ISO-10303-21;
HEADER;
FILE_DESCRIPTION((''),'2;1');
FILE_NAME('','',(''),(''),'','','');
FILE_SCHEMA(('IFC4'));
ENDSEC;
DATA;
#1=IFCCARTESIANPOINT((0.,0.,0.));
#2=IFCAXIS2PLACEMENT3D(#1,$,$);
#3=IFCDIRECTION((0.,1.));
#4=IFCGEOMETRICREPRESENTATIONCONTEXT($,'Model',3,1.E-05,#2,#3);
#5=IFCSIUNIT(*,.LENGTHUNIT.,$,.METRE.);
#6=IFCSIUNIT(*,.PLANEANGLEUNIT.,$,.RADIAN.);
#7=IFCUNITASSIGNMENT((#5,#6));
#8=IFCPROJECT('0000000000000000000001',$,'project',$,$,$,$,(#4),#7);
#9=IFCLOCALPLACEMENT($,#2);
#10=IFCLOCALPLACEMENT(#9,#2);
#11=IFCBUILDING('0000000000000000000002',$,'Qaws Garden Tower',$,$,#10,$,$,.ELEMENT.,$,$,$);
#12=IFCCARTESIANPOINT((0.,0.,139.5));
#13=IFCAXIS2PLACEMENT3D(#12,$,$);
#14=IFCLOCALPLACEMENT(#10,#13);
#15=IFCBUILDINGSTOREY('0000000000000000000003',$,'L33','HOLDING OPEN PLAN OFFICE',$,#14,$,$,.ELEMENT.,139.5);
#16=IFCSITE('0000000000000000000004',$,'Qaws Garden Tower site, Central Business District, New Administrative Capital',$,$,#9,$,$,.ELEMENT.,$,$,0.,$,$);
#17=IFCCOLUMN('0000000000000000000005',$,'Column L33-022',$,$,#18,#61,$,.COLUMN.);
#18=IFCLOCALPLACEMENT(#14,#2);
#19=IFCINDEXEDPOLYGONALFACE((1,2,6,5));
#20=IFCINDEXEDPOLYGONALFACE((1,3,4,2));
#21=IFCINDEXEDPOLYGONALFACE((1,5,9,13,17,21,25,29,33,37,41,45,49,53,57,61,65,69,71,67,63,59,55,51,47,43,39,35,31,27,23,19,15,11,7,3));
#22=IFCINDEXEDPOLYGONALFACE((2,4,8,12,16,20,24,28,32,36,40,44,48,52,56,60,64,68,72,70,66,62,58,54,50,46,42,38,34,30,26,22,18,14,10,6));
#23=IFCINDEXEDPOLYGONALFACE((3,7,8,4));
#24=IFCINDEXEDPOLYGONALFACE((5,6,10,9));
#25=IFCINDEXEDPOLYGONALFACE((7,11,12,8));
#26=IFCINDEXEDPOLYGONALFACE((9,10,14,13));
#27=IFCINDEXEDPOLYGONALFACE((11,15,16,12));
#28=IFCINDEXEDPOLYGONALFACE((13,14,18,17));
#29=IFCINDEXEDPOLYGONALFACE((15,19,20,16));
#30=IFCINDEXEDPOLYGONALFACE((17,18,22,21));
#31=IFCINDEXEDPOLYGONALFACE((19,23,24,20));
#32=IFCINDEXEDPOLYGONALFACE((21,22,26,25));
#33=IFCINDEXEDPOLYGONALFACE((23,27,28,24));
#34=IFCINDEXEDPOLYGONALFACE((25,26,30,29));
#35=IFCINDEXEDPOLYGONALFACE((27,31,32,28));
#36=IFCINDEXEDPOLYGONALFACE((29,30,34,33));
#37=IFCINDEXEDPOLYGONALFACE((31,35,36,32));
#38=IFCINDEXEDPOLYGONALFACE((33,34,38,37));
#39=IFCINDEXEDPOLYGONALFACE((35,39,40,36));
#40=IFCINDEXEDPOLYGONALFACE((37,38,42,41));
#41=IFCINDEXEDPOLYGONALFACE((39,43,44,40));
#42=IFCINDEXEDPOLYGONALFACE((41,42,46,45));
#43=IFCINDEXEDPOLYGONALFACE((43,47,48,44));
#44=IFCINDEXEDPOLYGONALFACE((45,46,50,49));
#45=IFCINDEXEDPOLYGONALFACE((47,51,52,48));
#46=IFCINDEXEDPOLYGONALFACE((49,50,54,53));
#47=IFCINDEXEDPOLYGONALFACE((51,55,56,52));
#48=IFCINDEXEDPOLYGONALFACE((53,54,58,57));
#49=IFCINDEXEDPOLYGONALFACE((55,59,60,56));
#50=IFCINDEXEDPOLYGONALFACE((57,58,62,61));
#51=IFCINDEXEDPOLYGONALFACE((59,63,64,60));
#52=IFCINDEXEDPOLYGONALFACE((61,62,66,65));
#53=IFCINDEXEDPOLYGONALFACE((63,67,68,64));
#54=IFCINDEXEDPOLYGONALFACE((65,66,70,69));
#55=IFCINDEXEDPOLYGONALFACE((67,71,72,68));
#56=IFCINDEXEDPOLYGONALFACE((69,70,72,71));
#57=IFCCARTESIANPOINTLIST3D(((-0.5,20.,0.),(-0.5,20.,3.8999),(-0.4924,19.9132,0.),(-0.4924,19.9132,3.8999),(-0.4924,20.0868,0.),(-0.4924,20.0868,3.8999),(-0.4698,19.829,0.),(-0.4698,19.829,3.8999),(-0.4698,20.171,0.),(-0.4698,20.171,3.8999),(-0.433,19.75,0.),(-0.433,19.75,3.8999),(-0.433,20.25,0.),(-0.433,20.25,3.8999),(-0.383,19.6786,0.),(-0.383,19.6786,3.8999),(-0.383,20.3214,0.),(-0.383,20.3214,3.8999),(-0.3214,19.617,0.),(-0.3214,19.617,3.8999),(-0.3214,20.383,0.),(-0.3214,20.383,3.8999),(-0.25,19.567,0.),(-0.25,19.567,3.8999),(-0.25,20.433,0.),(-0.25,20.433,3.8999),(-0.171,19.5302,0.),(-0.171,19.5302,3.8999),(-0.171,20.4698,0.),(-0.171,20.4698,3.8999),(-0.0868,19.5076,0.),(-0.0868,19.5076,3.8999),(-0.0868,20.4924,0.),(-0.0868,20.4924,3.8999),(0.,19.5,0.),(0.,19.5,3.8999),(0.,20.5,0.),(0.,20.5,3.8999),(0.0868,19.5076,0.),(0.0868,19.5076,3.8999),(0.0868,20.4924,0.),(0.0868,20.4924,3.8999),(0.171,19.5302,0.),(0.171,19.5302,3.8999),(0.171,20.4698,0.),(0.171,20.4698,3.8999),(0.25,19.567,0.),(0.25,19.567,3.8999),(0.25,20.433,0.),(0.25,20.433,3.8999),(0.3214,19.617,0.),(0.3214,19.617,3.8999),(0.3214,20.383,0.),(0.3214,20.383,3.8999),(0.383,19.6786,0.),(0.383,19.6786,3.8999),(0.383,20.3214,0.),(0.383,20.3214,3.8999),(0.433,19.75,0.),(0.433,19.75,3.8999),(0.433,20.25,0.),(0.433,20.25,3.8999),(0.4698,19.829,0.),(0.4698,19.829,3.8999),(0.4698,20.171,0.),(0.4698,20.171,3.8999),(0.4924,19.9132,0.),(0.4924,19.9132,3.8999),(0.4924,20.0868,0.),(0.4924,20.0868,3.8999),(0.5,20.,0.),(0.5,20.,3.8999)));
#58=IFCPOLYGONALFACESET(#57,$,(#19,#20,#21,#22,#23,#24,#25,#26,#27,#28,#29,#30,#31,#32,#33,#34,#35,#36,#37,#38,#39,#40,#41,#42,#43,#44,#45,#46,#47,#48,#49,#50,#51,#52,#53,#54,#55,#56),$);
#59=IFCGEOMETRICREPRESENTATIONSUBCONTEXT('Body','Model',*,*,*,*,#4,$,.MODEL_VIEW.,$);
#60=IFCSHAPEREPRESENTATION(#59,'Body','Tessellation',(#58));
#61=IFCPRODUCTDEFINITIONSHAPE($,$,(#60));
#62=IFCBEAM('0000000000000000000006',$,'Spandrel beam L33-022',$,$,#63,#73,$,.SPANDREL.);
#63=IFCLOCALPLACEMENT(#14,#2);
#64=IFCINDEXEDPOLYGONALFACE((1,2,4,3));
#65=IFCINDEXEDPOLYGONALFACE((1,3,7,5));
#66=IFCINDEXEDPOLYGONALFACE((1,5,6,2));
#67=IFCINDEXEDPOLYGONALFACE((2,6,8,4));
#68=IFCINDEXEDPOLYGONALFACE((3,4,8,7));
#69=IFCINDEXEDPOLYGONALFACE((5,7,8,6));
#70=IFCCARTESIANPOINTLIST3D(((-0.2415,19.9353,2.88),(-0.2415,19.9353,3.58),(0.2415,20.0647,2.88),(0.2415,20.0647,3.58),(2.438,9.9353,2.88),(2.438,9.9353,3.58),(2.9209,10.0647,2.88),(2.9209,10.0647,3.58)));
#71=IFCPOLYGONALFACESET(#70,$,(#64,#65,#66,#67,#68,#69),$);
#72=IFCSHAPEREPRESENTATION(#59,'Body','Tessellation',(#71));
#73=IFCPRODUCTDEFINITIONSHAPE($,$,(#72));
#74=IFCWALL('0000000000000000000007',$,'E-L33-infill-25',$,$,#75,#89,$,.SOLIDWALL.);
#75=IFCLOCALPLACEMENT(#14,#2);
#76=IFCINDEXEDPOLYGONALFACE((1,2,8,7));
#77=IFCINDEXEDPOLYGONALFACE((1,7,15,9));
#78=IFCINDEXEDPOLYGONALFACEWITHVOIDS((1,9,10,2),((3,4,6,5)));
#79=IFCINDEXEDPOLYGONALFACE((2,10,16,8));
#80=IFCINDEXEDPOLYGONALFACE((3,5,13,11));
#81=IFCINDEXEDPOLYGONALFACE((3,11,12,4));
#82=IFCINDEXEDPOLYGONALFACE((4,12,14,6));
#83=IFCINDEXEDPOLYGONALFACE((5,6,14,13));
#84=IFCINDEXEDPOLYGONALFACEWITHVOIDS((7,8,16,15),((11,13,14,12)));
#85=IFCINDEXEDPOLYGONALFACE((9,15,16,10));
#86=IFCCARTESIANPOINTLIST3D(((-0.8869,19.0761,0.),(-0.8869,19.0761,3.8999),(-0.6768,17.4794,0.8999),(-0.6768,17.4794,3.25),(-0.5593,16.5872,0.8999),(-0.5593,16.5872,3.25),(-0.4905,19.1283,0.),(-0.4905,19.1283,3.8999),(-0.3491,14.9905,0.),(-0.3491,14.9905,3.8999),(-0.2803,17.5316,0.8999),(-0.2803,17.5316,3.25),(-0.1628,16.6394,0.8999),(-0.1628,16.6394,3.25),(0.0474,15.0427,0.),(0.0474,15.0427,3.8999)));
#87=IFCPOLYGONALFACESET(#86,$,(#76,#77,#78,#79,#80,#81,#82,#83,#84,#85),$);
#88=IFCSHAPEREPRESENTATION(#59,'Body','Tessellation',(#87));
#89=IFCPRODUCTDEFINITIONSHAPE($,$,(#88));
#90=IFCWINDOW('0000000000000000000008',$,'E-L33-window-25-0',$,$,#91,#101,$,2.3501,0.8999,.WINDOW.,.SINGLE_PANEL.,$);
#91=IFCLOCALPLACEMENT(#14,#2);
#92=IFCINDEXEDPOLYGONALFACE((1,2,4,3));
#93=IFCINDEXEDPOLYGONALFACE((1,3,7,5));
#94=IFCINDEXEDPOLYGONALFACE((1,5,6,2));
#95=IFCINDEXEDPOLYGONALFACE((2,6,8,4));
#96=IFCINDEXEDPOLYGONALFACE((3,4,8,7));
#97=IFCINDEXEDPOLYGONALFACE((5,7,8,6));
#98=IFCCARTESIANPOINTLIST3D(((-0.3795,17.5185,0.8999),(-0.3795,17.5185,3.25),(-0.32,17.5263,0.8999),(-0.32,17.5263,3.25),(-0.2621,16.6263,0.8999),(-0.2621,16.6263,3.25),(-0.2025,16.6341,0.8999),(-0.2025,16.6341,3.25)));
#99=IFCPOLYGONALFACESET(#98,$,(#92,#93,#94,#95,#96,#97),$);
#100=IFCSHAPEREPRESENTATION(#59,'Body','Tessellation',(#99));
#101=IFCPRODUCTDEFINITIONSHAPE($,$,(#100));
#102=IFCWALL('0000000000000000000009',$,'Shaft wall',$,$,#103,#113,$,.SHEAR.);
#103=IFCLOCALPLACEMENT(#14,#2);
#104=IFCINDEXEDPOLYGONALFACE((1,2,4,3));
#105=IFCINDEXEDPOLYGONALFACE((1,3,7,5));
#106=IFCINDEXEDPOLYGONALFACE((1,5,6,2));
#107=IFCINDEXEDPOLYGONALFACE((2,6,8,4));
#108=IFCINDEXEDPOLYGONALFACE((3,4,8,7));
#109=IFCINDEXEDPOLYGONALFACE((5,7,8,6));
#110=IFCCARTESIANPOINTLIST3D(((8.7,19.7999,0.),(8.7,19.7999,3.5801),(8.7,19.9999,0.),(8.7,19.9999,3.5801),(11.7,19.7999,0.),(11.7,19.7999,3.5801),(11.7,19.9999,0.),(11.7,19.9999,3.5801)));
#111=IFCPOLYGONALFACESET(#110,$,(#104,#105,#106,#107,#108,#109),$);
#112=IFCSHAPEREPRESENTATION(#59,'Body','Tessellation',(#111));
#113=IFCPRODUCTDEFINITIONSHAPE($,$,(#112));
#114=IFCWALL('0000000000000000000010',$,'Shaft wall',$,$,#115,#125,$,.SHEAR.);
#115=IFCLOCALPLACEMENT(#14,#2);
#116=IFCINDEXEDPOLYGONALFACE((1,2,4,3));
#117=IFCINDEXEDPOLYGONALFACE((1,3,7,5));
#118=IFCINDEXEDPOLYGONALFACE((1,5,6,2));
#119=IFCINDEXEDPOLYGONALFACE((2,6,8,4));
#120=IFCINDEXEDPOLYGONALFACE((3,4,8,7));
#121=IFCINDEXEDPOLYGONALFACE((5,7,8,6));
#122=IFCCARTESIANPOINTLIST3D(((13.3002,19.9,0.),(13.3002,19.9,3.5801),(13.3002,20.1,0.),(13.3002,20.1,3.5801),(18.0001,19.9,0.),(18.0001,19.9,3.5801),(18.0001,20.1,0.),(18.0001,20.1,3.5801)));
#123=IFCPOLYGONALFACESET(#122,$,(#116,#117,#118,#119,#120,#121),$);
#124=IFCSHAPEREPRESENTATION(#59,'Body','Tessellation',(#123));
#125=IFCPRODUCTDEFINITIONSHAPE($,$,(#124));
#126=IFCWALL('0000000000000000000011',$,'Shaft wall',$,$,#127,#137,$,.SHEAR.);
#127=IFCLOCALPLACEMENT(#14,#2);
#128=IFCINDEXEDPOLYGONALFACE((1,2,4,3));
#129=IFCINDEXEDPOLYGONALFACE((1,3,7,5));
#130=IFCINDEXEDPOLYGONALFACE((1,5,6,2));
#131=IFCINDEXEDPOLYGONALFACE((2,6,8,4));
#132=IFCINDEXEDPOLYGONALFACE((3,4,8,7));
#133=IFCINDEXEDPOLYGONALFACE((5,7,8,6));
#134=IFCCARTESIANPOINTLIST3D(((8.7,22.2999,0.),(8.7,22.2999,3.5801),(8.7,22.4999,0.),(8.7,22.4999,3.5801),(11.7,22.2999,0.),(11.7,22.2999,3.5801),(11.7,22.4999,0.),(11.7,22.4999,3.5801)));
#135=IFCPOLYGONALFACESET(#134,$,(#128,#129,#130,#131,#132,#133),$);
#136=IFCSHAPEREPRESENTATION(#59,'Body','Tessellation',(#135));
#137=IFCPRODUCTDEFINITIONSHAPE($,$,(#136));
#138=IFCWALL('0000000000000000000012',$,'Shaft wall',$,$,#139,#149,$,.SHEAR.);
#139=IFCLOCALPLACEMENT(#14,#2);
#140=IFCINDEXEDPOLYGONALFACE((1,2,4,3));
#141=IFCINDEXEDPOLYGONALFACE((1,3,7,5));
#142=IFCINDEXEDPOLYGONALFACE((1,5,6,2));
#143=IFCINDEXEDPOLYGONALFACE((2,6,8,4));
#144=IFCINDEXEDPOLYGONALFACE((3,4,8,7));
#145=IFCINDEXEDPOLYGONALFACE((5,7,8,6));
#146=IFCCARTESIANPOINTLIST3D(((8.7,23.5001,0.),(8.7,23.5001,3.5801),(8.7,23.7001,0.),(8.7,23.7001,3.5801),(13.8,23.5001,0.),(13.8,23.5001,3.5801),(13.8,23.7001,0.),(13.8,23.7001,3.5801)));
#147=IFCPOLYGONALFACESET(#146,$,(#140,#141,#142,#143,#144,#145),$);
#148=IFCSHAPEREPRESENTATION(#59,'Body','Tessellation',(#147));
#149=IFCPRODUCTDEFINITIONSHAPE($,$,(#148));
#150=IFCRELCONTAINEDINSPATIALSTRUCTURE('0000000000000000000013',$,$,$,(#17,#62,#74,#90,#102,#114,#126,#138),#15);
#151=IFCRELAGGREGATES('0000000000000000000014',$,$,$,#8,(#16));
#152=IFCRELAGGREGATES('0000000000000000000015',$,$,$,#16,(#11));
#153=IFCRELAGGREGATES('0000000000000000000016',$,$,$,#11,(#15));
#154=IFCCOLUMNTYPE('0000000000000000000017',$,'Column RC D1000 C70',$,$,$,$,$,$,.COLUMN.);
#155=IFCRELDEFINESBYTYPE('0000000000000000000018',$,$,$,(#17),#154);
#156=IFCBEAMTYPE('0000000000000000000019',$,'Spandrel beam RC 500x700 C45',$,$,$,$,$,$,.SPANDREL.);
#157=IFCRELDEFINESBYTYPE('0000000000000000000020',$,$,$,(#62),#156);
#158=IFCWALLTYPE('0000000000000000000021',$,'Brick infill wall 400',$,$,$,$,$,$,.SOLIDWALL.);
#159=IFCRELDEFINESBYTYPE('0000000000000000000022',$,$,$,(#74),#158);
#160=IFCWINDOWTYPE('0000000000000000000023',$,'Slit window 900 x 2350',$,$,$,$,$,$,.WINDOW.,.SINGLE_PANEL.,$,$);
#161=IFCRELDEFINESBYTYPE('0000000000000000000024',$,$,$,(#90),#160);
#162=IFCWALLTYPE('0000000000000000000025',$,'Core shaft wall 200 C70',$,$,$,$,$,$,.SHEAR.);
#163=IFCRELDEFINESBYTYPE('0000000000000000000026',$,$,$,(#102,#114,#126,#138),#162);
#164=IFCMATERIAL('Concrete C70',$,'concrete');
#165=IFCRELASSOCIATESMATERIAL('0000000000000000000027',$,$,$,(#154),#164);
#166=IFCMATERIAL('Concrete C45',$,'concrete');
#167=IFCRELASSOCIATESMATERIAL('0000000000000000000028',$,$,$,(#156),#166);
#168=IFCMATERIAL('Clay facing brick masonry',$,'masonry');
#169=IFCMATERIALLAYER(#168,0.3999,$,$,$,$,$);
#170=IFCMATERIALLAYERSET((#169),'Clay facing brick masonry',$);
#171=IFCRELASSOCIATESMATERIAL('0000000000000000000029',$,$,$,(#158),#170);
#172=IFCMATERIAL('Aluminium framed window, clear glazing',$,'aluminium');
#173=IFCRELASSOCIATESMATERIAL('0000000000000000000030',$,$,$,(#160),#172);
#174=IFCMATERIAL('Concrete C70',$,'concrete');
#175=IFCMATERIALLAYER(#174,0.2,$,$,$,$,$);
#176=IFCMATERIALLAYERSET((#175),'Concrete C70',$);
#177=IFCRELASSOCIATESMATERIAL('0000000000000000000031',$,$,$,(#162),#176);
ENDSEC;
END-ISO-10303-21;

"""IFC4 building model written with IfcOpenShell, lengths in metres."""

from ifc_helpers import new_model, si_unit, direction, frame, frame_2d, origin, origin_2d, place, context, subcontext, project, spatial, rectangle, circle, extrude, material, layer, layer_set, material_profile, profile_set, type_object, element, fill, save


model = new_model("IFC4")

# Units and contexts
model_context = context("Model", 3, precision=1e-05, world=origin(), true_north=direction((0.0, 1.0)))
body_context = subcontext(model_context, "Body", "Model", "MODEL_VIEW")
ifc_project = project(units=[si_unit("LENGTHUNIT", "METRE"), si_unit("PLANEANGLEUNIT", "RADIAN")], contexts=[model_context])

# Site, building, storey
site_placement = place(None, origin())
site = spatial("IfcSite", under=ifc_project, at=site_placement, Name="Qaws Garden Tower site, Central Business District, New Administrative Capital", CompositionType="ELEMENT", RefElevation=0.0)
building_placement = place(site_placement, origin())
building = spatial("IfcBuilding", under=site, at=building_placement, Name="Qaws Garden Tower", CompositionType="ELEMENT")
storey_placement = place(building_placement, frame((0.0, 0.0, 139.5)))
storey = spatial("IfcBuildingStorey", under=building, at=storey_placement, Name="L33", Description="HOLDING OPEN PLAN OFFICE", CompositionType="ELEMENT", Elevation=139.5)

# Column
ifc_material_1 = material(Name="Concrete C70", Category="concrete")
ifc_material_profile_1 = material_profile(ifc_material_1, circle(Radius=0.5, at=origin_2d()), Name="RC D1000")
ifc_profile_set_1 = profile_set([ifc_material_profile_1], Name="Concrete C70")
column_type = type_object("IfcColumnType", Name="Column RC D1000 C70", PredefinedType="COLUMN", material=ifc_profile_set_1)
column_placement = place(storey_placement, frame((0.0, 20.0, 0.0), z_axis=(0.0, 0.0, 1.0), x_axis=(1.0, 0.0, 0.0)))
element("IfcColumn", 1, at=column_placement, inside=storey, type_object=column_type, Name="Column L33-022", PredefinedType="COLUMN", context=body_context, shape_type="SweptSolid", body=[
    extrude(circle(Radius=0.5, at=origin_2d()), origin(), (0.0, 0.0, 1.0), 3.8999),
])

# Beam
ifc_material_2 = material(Name="Concrete C45", Category="concrete")
ifc_material_profile_2 = material_profile(ifc_material_2, rectangle(XDim=0.5, YDim=0.7, at=origin_2d()), Name="RC 500x700")
ifc_profile_set_2 = profile_set([ifc_material_profile_2], Name="Concrete C45")
beam_type = type_object("IfcBeamType", Name="Spandrel beam RC 500x700 C45", PredefinedType="SPANDREL", material=ifc_profile_set_2)
beam_placement = place(storey_placement, frame((0.0, 20.0, 3.23), z_axis=(0.258815, -0.965927, 0.0), x_axis=(0.965927, 0.258815, 0.0)))
element("IfcBeam", 2, at=beam_placement, inside=storey, type_object=beam_type, Name="Spandrel beam L33-022", PredefinedType="SPANDREL", context=body_context, shape_type="SweptSolid", body=[
    extrude(rectangle(XDim=0.5, YDim=0.7, at=origin_2d()), origin(), (0.0, 0.0, 1.0), 10.3528),
])

# Wall, opening, window
ifc_material_3 = material(Name="Clay facing brick masonry", Category="masonry")
ifc_layer_1 = layer(ifc_material_3, 0.3999)
ifc_layer_set_1 = layer_set([ifc_layer_1], Name="Clay facing brick masonry")
wall_type_1 = type_object("IfcWallType", Name="Brick infill wall 400", PredefinedType="SOLIDWALL", material=ifc_layer_set_1)
wall_1_placement = place(storey_placement, frame((-0.6887, 19.1023, 0.0), z_axis=(0.0, 0.0, 1.0), x_axis=(0.130514, -0.991446, 0.0)))
wall_1 = element("IfcWall", 3, at=wall_1_placement, inside=storey, type_object=wall_type_1, Name="E-L33-infill-25", PredefinedType="SOLIDWALL", context=body_context, shape_type="SweptSolid", body=[
    extrude(rectangle(XDim=4.1208, YDim=0.3999, at=frame_2d((2.0605, 0.0))), origin(), (0.0, 0.0, 1.0), 3.8999),
])
opening_1_placement = place(wall_1_placement, frame((1.6106, 0.0, 0.8999)))
opening_1 = element("IfcOpeningElement", 4, at=opening_1_placement, cuts=wall_1, PredefinedType="OPENING", context=body_context, shape_type="SweptSolid", body=[
    extrude(rectangle(XDim=0.8999, YDim=2.3501, at=frame_2d((0.45, 1.175))), frame((0.0, 0.21, 0.0), z_axis=(0.0, -1.0, 0.0), x_axis=(1.0, 0.0, 0.0)), (0.0, 0.0, 1.0), 0.4199),
])
ifc_material_4 = material(Name="Aluminium framed window, clear glazing", Category="aluminium")
window_type = type_object("IfcWindowType", Name="Slit window 900 x 2350", PartitioningType="SINGLE_PANEL", PredefinedType="WINDOW", material=ifc_material_4)
window_placement = place(opening_1_placement, origin())
window = element("IfcWindow", 5, at=window_placement, inside=storey, type_object=window_type, Name="E-L33-window-25-0", OverallHeight=2.3501, OverallWidth=0.8999, PartitioningType="SINGLE_PANEL", PredefinedType="WINDOW", context=body_context, shape_type="SweptSolid", body=[
    extrude(rectangle(XDim=0.8999, YDim=2.3501, at=frame_2d((0.45, 1.175))), frame((0.0, 0.1599, 0.0), z_axis=(0.0, -1.0, 0.0), x_axis=(1.0, 0.0, 0.0)), (0.0, 0.0, 1.0), 0.0601),
])
fill(opening_1, window)

# Walls
ifc_material_5 = material(Name="Concrete C70", Category="concrete")
ifc_layer_2 = layer(ifc_material_5, 0.2)
ifc_layer_set_2 = layer_set([ifc_layer_2], Name="Concrete C70")
wall_type_2 = type_object("IfcWallType", Name="Core shaft wall 200 C70", PredefinedType="SHEAR", material=ifc_layer_set_2)
wall_2_placement = place(storey_placement, frame((8.7, 19.8999, 0.0), z_axis=(0.0, 0.0, 1.0), x_axis=(1.0, 0.0, 0.0)))
element("IfcWall", 6, at=wall_2_placement, inside=storey, type_object=wall_type_2, Name="Shaft wall", PredefinedType="SHEAR", context=body_context, shape_type="SweptSolid", body=[
    extrude(rectangle(XDim=3.0, YDim=0.2, at=frame_2d((1.5, 0.0))), origin(), (0.0, 0.0, 1.0), 3.5801),
])
wall_3_placement = place(storey_placement, frame((13.3, 20.0, 0.0), z_axis=(0.0, 0.0, 1.0), x_axis=(1.0, 0.0, 0.0)))
element("IfcWall", 7, at=wall_3_placement, inside=storey, type_object=wall_type_2, Name="Shaft wall", PredefinedType="SHEAR", context=body_context, shape_type="SweptSolid", body=[
    extrude(rectangle(XDim=4.7, YDim=0.2, at=frame_2d((2.3501, 0.0))), origin(), (0.0, 0.0, 1.0), 3.5801),
])
wall_4_placement = place(storey_placement, frame((8.7, 22.3999, 0.0), z_axis=(0.0, 0.0, 1.0), x_axis=(1.0, 0.0, 0.0)))
element("IfcWall", 8, at=wall_4_placement, inside=storey, type_object=wall_type_2, Name="Shaft wall", PredefinedType="SHEAR", context=body_context, shape_type="SweptSolid", body=[
    extrude(rectangle(XDim=3.0, YDim=0.2, at=frame_2d((1.5, 0.0))), origin(), (0.0, 0.0, 1.0), 3.5801),
])
wall_5_placement = place(storey_placement, frame((8.7, 23.6001, 0.0), z_axis=(0.0, 0.0, 1.0), x_axis=(1.0, 0.0, 0.0)))
element("IfcWall", 9, at=wall_5_placement, inside=storey, type_object=wall_type_2, Name="Shaft wall", PredefinedType="SHEAR", context=body_context, shape_type="SweptSolid", body=[
    extrude(rectangle(XDim=5.1001, YDim=0.2, at=frame_2d((2.55, 0.0))), origin(), (0.0, 0.0, 1.0), 3.5801),
])

save(model, "model.ifc")
